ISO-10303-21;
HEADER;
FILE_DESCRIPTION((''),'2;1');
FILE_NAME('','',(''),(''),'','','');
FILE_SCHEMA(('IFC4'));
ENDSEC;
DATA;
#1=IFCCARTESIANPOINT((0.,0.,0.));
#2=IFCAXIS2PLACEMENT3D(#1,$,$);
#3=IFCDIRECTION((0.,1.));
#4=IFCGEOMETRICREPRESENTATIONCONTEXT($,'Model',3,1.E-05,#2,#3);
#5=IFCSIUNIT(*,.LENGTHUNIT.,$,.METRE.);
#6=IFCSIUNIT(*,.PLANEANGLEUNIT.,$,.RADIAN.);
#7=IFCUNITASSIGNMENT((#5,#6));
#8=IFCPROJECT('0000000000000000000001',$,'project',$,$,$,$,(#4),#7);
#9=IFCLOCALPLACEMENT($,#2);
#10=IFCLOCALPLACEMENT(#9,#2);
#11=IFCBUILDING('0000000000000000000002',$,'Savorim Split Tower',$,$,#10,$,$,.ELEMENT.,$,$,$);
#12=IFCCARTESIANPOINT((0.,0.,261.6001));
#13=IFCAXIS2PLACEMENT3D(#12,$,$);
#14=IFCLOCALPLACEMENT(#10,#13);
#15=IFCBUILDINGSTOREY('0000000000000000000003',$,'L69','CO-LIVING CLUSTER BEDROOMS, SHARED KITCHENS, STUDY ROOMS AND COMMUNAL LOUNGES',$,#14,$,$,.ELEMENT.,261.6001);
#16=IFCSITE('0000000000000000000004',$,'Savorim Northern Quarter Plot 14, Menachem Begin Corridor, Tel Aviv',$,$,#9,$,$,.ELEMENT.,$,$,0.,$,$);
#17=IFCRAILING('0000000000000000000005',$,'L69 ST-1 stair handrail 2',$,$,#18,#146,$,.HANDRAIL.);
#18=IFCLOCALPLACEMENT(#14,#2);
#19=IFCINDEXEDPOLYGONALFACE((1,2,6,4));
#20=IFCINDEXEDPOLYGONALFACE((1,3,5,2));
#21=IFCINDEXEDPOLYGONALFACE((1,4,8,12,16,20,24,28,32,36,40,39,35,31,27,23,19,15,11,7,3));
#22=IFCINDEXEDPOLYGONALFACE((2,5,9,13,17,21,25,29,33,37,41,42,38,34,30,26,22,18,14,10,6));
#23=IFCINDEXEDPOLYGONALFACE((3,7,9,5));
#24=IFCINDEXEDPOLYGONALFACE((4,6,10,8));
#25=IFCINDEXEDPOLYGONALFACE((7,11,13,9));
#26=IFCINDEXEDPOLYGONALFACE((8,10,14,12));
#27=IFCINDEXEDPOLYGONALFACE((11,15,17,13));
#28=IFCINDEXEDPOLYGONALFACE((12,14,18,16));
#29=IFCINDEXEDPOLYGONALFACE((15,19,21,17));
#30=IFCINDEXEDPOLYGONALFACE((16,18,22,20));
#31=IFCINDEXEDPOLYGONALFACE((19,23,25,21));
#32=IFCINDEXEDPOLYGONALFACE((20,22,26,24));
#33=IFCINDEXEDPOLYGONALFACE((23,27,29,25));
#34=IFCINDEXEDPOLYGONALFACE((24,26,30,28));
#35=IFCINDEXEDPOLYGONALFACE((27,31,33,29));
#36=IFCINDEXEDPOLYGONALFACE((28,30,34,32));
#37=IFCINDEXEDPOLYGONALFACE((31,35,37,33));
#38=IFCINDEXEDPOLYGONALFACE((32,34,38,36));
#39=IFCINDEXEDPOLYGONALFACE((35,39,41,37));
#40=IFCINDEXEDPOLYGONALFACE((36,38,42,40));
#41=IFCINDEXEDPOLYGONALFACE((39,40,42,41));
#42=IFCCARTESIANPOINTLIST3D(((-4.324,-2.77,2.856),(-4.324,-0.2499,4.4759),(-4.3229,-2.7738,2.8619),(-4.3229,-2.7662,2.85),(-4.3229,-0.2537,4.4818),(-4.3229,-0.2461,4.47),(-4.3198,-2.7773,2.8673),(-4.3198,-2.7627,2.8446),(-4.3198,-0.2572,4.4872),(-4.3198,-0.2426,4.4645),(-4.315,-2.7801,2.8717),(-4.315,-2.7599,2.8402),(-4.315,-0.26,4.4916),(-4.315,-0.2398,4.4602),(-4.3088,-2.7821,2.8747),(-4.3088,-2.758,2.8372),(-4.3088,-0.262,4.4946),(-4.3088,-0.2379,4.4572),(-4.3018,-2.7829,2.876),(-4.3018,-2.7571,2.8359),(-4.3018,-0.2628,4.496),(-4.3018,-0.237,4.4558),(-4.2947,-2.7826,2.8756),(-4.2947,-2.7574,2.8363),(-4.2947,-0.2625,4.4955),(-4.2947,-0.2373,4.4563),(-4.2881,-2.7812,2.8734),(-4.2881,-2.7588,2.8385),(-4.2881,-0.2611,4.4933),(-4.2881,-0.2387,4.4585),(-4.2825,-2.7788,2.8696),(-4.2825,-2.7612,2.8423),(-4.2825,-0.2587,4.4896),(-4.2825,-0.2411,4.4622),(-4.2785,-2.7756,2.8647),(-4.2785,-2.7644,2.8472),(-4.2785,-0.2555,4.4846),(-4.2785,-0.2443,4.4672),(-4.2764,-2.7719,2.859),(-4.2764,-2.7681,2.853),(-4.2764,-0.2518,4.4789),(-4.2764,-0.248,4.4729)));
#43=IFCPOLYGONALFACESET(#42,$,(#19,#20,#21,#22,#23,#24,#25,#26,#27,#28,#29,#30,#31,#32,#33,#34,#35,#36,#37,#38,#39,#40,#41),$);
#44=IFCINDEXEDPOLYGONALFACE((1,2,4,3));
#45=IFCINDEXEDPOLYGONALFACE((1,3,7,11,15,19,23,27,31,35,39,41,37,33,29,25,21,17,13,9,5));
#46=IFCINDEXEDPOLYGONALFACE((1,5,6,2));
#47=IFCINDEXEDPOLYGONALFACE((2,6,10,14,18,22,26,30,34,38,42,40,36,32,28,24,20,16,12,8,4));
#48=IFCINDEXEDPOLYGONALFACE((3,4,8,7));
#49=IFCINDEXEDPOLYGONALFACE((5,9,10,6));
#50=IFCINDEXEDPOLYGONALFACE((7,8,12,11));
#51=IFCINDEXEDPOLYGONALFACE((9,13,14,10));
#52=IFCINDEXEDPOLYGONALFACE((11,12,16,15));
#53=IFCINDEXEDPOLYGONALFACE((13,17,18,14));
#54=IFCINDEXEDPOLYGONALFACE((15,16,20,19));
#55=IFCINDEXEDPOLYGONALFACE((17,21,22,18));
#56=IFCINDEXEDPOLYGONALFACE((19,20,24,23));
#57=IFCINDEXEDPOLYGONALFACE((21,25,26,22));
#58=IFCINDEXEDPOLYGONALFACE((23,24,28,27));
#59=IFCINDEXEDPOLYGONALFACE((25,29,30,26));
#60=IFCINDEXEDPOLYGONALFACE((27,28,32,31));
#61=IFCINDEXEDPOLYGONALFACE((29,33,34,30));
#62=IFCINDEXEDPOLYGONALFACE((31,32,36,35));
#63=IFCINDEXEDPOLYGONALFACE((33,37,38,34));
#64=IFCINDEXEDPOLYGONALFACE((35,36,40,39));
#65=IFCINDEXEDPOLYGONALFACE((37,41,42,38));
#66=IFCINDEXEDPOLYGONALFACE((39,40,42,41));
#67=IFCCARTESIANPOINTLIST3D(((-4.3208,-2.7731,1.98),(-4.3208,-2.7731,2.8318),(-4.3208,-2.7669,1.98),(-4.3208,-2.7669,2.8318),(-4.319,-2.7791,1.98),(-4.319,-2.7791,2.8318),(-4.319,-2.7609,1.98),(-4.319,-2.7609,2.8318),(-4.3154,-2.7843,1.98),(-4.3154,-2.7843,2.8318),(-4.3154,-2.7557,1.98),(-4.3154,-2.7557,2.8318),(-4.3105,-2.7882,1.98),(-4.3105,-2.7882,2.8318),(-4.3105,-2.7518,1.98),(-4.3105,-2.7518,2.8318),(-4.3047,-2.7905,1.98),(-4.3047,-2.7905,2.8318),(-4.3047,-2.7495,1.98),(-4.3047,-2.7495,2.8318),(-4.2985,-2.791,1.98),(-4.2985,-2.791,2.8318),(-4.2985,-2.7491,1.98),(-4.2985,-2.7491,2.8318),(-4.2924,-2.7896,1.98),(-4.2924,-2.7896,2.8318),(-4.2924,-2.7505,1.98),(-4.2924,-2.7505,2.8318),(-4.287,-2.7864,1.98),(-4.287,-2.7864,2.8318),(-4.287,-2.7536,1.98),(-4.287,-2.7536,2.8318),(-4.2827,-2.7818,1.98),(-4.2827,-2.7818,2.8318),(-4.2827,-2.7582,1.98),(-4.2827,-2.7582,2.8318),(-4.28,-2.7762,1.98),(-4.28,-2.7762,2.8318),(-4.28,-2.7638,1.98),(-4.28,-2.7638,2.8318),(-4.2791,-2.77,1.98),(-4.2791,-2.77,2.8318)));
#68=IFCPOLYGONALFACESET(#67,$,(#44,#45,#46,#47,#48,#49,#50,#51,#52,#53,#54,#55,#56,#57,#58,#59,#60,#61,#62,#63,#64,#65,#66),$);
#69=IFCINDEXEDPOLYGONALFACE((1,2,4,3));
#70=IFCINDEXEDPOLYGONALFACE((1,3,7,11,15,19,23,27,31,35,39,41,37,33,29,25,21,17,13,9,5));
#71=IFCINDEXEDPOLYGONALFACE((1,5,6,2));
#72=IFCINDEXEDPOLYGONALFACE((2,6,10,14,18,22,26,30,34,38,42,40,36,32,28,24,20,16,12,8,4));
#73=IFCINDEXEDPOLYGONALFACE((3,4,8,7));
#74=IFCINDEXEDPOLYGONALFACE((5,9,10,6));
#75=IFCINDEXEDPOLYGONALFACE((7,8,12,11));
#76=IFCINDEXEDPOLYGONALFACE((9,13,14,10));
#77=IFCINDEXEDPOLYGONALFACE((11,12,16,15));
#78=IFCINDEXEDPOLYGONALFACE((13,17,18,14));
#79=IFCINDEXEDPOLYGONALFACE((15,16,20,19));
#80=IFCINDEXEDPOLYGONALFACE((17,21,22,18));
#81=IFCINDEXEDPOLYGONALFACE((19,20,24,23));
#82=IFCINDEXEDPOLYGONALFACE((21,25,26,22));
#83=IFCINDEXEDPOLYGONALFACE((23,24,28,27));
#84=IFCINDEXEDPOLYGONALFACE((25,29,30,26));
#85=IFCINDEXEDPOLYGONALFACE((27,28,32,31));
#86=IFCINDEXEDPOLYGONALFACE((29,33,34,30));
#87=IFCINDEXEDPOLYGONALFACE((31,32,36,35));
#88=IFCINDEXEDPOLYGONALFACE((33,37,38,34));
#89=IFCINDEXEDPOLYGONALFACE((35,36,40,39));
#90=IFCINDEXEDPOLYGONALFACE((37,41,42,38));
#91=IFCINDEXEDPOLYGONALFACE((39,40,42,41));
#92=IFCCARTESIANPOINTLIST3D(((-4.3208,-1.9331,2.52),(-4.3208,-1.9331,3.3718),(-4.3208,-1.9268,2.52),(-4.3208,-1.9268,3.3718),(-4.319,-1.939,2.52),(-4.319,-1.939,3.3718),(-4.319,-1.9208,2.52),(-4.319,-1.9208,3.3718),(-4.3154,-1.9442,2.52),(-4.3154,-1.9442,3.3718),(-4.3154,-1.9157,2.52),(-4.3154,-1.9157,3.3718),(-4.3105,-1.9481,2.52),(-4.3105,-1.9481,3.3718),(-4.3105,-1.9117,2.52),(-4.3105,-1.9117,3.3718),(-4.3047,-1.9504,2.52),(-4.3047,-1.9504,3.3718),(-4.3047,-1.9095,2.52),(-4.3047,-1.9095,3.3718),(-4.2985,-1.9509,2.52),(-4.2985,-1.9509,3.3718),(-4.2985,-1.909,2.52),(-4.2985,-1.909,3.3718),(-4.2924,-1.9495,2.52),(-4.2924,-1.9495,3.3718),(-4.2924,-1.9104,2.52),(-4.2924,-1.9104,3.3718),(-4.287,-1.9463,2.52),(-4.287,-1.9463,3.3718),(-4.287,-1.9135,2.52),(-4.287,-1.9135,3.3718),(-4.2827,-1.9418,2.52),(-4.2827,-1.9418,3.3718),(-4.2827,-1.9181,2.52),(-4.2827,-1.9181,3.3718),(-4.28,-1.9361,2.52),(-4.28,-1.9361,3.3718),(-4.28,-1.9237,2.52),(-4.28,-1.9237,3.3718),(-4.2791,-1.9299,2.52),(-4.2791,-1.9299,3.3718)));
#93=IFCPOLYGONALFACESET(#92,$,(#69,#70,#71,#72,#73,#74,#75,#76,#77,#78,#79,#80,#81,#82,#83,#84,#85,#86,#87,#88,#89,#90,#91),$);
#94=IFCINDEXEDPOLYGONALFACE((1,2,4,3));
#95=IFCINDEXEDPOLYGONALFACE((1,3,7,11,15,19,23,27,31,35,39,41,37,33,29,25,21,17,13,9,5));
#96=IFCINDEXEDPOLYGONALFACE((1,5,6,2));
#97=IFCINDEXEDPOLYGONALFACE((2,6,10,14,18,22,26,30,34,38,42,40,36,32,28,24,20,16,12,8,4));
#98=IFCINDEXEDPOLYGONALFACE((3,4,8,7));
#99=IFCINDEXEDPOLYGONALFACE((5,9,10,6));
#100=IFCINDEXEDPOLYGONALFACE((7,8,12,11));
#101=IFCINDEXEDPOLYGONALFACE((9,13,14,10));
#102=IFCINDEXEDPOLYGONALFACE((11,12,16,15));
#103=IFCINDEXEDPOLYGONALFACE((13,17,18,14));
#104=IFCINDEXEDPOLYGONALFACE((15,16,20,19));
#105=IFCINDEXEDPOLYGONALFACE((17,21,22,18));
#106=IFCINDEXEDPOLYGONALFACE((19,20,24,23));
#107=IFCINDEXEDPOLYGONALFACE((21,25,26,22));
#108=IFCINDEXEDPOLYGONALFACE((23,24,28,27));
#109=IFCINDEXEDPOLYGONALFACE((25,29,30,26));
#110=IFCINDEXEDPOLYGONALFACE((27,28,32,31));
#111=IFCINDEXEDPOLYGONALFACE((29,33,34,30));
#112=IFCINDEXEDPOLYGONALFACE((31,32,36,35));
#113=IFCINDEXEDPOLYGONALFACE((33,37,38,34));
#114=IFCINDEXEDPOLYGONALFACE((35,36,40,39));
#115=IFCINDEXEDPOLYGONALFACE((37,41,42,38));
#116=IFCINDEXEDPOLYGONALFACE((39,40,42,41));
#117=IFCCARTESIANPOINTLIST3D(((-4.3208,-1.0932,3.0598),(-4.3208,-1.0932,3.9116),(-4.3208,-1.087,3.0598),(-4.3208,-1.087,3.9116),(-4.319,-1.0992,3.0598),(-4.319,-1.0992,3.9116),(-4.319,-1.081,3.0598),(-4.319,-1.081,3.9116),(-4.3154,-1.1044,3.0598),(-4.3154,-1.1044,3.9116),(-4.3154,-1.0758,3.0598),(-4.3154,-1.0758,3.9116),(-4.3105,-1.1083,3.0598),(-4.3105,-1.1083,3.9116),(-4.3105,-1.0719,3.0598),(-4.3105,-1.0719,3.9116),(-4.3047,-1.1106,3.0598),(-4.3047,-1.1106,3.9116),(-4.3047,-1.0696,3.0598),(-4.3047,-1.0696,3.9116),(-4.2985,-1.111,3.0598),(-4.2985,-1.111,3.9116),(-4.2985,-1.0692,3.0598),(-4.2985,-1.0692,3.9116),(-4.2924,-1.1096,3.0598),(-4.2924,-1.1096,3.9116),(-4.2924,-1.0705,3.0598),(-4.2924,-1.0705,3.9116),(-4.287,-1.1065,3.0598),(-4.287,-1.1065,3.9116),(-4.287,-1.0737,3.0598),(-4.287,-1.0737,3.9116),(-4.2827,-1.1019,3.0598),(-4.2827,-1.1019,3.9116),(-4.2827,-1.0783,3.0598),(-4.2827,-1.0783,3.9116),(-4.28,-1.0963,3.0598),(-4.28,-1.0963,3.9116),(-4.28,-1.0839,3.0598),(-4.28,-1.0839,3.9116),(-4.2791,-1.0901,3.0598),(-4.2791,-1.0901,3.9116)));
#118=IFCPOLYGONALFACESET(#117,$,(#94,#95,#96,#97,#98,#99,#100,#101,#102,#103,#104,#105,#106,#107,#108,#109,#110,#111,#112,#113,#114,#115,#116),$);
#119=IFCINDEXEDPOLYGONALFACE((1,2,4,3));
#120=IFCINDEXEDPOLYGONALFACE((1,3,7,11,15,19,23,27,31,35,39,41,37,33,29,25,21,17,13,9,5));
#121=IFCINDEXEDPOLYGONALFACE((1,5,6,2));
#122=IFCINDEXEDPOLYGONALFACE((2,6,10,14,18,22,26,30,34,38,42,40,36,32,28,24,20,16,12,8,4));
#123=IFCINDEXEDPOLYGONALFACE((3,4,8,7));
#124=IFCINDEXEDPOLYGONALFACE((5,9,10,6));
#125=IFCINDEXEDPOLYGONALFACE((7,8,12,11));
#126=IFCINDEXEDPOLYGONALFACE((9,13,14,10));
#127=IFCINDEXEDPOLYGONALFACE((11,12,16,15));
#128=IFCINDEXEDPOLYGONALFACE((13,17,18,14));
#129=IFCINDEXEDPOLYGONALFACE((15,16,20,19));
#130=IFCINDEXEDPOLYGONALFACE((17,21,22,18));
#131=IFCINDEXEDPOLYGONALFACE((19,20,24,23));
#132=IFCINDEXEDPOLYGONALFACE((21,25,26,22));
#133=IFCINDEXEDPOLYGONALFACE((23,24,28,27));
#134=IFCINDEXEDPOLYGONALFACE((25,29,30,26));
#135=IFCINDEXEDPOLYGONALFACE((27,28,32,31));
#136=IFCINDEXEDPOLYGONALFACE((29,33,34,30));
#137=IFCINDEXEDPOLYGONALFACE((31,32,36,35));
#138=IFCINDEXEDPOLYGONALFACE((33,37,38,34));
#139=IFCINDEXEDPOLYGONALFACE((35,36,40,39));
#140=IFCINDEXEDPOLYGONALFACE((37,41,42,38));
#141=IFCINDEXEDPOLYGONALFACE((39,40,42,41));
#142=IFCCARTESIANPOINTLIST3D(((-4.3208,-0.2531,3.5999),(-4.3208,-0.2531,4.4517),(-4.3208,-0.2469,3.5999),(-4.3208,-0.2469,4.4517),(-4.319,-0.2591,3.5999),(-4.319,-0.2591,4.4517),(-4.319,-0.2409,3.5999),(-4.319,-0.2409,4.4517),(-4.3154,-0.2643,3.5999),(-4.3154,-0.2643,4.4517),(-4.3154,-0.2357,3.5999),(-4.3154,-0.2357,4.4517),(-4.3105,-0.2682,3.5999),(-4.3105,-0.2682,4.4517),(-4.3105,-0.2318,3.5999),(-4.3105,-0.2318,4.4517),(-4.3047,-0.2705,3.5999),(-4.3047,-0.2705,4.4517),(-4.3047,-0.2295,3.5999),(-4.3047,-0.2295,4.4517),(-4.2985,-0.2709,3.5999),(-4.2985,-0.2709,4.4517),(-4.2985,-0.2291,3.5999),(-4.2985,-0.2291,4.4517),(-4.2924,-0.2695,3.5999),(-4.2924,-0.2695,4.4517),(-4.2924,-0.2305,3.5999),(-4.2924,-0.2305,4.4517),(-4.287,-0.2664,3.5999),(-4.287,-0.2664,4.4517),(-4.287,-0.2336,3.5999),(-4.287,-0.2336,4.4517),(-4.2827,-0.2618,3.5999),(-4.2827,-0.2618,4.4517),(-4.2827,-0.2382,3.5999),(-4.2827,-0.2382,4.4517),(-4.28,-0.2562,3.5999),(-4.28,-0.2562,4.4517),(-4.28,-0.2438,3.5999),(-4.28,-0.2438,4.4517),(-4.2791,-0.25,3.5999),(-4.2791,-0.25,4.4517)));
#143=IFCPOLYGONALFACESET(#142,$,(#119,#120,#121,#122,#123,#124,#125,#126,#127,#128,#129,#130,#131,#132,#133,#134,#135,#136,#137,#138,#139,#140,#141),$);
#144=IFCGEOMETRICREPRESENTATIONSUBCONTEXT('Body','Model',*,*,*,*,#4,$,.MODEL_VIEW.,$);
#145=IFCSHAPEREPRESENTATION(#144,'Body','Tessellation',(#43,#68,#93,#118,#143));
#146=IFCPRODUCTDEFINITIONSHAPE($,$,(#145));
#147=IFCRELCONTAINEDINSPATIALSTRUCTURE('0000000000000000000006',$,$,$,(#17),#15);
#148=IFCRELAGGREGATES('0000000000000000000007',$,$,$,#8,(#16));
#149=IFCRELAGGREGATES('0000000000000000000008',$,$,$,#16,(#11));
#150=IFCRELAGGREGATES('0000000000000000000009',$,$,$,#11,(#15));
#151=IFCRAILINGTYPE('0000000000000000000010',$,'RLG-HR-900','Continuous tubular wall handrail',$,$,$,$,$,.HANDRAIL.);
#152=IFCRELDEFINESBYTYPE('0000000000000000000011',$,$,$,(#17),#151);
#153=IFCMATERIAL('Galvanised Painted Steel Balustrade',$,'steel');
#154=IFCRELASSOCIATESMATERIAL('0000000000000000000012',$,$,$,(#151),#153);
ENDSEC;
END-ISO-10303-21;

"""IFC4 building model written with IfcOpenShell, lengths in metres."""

from ifc_helpers import new_model, si_unit, direction, frame, origin, origin_2d, place, context, subcontext, project, spatial, circle, extrude, material, type_object, element, save


model = new_model("IFC4")

# Units and contexts
model_context = context("Model", 3, precision=1e-05, world=origin(), true_north=direction((0.0, 1.0)))
body_context = subcontext(model_context, "Body", "Model", "MODEL_VIEW")
ifc_project = project(units=[si_unit("LENGTHUNIT", "METRE"), si_unit("PLANEANGLEUNIT", "RADIAN")], contexts=[model_context])

# Site, building, storey
site_placement = place(None, origin())
site = spatial("IfcSite", under=ifc_project, at=site_placement, Name="Savorim Northern Quarter Plot 14, Menachem Begin Corridor, Tel Aviv", CompositionType="ELEMENT", RefElevation=0.0)
building_placement = place(site_placement, origin())
building = spatial("IfcBuilding", under=site, at=building_placement, Name="Savorim Split Tower", CompositionType="ELEMENT")
storey_placement = place(building_placement, frame((0.0, 0.0, 261.6001)))
storey = spatial("IfcBuildingStorey", under=building, at=storey_placement, Name="L69", Description="CO-LIVING CLUSTER BEDROOMS, SHARED KITCHENS, STUDY ROOMS AND COMMUNAL LOUNGES", CompositionType="ELEMENT", Elevation=261.6001)

# Railing
ifc_material_1 = material(Name="Galvanised Painted Steel Balustrade", Category="steel")
railing_type_1 = type_object("IfcRailingType", Name="RLG-HR-900", Description="Continuous tubular wall handrail", PredefinedType="HANDRAIL", material=ifc_material_1)
railing_1_placement = place(storey_placement, frame((-4.3, -2.77, 1.98)))
element("IfcRailing", 1, at=railing_1_placement, inside=storey, type_object=railing_type_1, Name="L69 ST-1 stair handrail 2", PredefinedType="HANDRAIL", context=body_context, shape_type="SweptSolid", body=[
    extrude(circle(Radius=0.0239, at=origin_2d()), frame((0.0, 0.0, 0.876), z_axis=(0.0, 0.8412, 0.540725), x_axis=(-1.0, 0.0, 0.0)), (0.0, 0.0, 1.0), 2.9958),
    extrude(circle(Radius=0.021, at=origin_2d()), origin(), (0.0, 0.0, 1.0), 0.8518),
    extrude(circle(Radius=0.021, at=origin_2d()), frame((0.0, 0.8401, 0.54)), (0.0, 0.0, 1.0), 0.8518),
    extrude(circle(Radius=0.021, at=origin_2d()), frame((0.0, 1.6799, 1.0798)), (0.0, 0.0, 1.0), 0.8518),
    extrude(circle(Radius=0.021, at=origin_2d()), frame((0.0, 2.52, 1.6199)), (0.0, 0.0, 1.0), 0.8518),
])

save(model, "model.ifc")
